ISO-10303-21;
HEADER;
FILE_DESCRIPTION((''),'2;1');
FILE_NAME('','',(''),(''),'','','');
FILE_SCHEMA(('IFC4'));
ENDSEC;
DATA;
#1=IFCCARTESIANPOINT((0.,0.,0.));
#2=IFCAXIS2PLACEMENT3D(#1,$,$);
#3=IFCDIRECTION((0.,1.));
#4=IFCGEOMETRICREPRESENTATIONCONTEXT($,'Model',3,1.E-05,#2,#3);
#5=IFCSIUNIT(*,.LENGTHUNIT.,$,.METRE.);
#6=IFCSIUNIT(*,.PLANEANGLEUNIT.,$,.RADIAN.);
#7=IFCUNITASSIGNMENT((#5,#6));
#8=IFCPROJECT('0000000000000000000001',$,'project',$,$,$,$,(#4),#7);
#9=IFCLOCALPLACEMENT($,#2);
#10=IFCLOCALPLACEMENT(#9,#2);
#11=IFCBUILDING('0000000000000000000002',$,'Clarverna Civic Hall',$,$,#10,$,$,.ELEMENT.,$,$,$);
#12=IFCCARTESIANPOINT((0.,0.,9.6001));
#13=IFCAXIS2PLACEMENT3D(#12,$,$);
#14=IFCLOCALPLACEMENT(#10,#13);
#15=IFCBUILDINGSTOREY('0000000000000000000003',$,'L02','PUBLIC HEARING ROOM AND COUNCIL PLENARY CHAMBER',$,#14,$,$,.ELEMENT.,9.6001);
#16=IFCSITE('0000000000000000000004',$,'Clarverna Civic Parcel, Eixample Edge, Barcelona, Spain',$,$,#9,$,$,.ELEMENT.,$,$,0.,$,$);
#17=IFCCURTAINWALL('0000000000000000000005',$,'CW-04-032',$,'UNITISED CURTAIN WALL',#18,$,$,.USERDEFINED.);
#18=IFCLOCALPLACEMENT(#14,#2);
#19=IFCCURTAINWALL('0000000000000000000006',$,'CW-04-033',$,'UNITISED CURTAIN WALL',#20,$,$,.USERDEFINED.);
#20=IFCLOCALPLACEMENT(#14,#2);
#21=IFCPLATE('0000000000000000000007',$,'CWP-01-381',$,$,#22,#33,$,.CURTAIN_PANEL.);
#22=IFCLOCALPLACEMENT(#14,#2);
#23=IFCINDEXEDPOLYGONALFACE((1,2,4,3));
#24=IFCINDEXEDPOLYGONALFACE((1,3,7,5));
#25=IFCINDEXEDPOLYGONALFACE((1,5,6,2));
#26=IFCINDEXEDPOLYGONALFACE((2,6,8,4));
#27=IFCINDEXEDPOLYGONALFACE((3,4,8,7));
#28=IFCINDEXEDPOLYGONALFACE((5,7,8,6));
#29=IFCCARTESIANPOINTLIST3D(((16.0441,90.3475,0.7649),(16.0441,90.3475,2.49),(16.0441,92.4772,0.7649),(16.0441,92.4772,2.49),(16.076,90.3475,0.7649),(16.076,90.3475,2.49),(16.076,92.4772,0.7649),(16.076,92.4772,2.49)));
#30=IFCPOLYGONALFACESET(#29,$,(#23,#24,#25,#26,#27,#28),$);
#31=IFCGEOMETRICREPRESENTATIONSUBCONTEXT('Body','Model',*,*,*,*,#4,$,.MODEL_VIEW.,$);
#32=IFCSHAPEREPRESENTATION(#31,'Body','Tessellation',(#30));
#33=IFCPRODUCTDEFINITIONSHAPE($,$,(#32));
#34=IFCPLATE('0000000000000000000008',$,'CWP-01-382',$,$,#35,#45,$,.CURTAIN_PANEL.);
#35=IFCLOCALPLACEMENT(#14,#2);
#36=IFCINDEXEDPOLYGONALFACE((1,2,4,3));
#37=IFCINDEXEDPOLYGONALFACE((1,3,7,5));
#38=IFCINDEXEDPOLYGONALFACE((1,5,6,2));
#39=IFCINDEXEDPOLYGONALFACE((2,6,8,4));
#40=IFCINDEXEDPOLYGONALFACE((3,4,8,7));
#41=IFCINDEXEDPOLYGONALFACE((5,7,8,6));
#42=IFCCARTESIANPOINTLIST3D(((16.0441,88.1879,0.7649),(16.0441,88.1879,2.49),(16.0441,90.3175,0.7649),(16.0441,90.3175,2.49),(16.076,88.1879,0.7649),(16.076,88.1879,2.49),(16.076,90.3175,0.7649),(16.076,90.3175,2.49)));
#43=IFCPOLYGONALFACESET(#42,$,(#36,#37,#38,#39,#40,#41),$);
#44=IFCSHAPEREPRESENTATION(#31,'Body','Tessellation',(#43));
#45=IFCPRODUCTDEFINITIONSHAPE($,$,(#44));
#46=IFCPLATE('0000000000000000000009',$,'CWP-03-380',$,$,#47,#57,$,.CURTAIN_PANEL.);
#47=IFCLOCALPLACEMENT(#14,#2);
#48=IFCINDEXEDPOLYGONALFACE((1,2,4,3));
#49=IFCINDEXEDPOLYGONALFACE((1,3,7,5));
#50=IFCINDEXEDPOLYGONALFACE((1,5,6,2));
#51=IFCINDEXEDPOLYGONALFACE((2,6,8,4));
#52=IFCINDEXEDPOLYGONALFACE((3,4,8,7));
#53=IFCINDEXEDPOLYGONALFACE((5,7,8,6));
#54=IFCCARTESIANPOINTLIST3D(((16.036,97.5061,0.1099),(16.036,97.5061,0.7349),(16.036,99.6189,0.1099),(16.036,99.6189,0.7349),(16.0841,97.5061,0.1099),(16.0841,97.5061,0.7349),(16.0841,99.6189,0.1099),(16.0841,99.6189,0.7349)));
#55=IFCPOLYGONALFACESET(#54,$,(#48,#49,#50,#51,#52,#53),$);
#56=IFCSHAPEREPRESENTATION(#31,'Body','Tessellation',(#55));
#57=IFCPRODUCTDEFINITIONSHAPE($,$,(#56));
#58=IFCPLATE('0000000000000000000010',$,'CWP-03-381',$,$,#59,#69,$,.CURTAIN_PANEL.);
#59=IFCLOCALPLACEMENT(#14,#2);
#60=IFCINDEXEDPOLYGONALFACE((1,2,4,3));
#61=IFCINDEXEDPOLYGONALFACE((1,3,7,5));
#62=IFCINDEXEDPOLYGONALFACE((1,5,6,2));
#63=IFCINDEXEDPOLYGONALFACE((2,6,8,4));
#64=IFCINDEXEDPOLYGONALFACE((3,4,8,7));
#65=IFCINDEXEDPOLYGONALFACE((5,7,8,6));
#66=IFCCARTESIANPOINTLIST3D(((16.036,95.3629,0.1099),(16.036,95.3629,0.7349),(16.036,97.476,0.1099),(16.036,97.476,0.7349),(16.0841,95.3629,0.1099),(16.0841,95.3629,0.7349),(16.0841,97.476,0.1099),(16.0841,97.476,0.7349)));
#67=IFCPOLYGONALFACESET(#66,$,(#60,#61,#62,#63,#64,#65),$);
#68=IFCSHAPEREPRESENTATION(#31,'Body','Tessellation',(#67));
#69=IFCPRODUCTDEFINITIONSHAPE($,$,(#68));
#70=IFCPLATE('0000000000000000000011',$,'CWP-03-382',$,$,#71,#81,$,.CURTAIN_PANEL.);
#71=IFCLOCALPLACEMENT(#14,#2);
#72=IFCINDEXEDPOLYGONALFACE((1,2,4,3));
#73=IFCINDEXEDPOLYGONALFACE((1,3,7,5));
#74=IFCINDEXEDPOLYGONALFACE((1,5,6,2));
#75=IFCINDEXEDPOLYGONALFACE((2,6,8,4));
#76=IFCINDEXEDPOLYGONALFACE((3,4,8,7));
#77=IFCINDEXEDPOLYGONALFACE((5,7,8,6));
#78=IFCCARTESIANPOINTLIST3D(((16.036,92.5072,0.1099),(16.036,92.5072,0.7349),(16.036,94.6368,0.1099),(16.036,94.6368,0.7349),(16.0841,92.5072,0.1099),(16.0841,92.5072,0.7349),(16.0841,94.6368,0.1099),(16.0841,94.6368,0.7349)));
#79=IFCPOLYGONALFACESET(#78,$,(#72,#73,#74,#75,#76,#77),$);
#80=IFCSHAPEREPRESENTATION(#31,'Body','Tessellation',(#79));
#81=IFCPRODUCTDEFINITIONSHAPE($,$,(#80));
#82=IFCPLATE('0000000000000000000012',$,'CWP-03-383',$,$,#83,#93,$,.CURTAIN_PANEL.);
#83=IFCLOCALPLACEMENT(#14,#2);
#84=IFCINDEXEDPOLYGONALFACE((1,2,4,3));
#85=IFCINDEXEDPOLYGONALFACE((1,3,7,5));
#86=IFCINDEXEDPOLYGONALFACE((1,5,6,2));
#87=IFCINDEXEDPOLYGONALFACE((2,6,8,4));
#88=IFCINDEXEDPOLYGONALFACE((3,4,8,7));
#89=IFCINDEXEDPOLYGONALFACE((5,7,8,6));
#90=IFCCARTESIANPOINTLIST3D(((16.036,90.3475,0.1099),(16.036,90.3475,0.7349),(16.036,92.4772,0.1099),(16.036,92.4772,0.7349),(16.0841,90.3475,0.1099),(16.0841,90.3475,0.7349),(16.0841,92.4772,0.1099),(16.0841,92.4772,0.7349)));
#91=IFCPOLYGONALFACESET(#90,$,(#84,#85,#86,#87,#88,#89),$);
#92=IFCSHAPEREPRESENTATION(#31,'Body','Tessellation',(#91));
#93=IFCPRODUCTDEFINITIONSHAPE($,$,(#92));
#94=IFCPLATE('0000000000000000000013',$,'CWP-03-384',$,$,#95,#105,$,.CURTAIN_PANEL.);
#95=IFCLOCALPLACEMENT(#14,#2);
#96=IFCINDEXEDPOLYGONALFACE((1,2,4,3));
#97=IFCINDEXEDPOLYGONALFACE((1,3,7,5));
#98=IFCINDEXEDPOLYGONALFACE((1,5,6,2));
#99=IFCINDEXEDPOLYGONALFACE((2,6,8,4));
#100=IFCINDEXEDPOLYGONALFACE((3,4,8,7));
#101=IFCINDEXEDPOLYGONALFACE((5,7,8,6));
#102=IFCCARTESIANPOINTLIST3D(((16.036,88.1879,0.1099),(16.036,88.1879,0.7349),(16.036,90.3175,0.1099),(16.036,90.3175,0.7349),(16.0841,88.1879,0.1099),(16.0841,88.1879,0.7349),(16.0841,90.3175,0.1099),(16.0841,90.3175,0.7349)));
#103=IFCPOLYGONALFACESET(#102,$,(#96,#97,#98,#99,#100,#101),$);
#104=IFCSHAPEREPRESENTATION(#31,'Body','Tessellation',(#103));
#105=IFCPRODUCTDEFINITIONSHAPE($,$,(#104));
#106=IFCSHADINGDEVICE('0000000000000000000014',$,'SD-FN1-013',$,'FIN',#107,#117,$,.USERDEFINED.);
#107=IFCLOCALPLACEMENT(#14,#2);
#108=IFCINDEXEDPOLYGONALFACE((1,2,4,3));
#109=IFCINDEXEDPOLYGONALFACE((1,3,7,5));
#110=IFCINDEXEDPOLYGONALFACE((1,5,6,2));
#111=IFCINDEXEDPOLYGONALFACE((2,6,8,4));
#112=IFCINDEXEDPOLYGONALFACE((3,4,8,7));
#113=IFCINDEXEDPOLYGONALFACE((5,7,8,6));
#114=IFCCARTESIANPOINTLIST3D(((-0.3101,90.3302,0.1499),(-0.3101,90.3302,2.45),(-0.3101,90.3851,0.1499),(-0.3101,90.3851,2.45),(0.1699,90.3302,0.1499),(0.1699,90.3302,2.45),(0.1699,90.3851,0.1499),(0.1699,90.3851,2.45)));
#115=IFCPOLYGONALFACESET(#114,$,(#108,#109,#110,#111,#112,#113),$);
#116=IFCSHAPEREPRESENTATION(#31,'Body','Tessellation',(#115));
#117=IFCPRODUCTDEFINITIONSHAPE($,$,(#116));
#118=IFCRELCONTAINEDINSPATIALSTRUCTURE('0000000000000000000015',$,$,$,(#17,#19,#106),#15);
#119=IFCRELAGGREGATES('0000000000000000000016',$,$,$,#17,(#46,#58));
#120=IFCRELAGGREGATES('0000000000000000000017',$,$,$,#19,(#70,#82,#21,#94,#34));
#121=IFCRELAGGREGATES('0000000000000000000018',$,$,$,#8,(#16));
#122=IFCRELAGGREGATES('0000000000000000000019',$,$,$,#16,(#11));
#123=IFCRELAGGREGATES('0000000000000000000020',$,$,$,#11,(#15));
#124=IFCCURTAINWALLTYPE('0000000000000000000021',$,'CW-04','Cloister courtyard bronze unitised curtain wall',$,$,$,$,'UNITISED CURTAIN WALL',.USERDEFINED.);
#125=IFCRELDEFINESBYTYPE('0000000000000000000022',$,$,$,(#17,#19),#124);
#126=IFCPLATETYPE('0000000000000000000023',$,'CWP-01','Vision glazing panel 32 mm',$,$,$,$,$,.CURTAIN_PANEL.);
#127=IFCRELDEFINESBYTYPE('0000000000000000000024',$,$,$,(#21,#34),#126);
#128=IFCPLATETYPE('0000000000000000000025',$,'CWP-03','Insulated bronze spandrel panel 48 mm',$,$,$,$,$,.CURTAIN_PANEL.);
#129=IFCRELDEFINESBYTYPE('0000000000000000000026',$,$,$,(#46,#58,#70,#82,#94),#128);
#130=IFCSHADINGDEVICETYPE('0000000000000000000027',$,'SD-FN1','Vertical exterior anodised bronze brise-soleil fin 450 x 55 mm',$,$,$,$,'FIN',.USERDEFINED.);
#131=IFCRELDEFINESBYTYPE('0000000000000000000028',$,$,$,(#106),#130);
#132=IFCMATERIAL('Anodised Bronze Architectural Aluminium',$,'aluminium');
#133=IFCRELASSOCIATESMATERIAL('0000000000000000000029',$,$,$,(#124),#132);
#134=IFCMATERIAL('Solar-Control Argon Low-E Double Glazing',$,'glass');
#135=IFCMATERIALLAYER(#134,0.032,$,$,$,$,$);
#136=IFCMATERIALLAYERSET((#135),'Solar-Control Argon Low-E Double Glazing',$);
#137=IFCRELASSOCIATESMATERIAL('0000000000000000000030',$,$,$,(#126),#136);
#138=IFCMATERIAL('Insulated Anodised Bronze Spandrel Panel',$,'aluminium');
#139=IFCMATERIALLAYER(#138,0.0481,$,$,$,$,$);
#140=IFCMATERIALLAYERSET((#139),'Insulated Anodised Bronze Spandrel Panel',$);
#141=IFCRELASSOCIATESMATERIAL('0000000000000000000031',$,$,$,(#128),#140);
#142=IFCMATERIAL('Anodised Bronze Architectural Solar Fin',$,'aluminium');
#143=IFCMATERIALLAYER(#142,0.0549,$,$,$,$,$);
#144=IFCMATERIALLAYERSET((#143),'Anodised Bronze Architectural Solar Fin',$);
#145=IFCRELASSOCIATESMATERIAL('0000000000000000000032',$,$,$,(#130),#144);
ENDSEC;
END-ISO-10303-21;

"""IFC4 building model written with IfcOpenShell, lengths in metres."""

from ifc_helpers import new_model, si_unit, direction, frame, frame_2d, origin, place, context, subcontext, project, spatial, rectangle, extrude, material, layer, layer_set, type_object, element, aggregate, save


model = new_model("IFC4")

# Units and contexts
model_context = context("Model", 3, precision=1e-05, world=origin(), true_north=direction((0.0, 1.0)))
body_context = subcontext(model_context, "Body", "Model", "MODEL_VIEW")
ifc_project = project(units=[si_unit("LENGTHUNIT", "METRE"), si_unit("PLANEANGLEUNIT", "RADIAN")], contexts=[model_context])

# Site, building, storey
site_placement = place(None, origin())
site = spatial("IfcSite", under=ifc_project, at=site_placement, Name="Clarverna Civic Parcel, Eixample Edge, Barcelona, Spain", CompositionType="ELEMENT", RefElevation=0.0)
building_placement = place(site_placement, origin())
building = spatial("IfcBuilding", under=site, at=building_placement, Name="Clarverna Civic Hall", CompositionType="ELEMENT")
storey_placement = place(building_placement, frame((0.0, 0.0, 9.6001)))
storey = spatial("IfcBuildingStorey", under=building, at=storey_placement, Name="L02", Description="PUBLIC HEARING ROOM AND COUNCIL PLENARY CHAMBER", CompositionType="ELEMENT", Elevation=9.6001)

# Curtain walls
ifc_material_1 = material(Name="Anodised Bronze Architectural Aluminium", Category="aluminium")
curtain_wall_type = type_object("IfcCurtainWallType", Name="CW-04", Description="Cloister courtyard bronze unitised curtain wall", ElementType="UNITISED CURTAIN WALL", PredefinedType="USERDEFINED", material=ifc_material_1)
curtain_wall_1_placement = place(storey_placement, origin())
curtain_wall_1 = element("IfcCurtainWall", 1, at=curtain_wall_1_placement, inside=storey, type_object=curtain_wall_type, Name="CW-04-032", ObjectType="UNITISED CURTAIN WALL", PredefinedType="USERDEFINED")
curtain_wall_2_placement = place(storey_placement, origin())
curtain_wall_2 = element("IfcCurtainWall", 2, at=curtain_wall_2_placement, inside=storey, type_object=curtain_wall_type, Name="CW-04-033", ObjectType="UNITISED CURTAIN WALL", PredefinedType="USERDEFINED")

# Plates
ifc_material_2 = material(Name="Solar-Control Argon Low-E Double Glazing", Category="glass")
ifc_layer_1 = layer(ifc_material_2, 0.032)
ifc_layer_set_1 = layer_set([ifc_layer_1], Name="Solar-Control Argon Low-E Double Glazing")
plate_type_1 = type_object("IfcPlateType", Name="CWP-01", Description="Vision glazing panel 32 mm", PredefinedType="CURTAIN_PANEL", material=ifc_layer_set_1)
plate_1_placement = place(storey_placement, frame((16.0601, 92.4773, 0.7649), z_axis=(0.0, 0.0, 1.0), x_axis=(0.0, -1.0, 0.0)))
plate_1 = element("IfcPlate", 3, at=plate_1_placement, type_object=plate_type_1, Name="CWP-01-381", PredefinedType="CURTAIN_PANEL", context=body_context, shape_type="SweptSolid", body=[
    extrude(rectangle(XDim=2.1296, YDim=0.032, at=frame_2d((1.0649, 0.0))), origin(), (0.0, 0.0, 1.0), 1.7251),
])
plate_2_placement = place(storey_placement, frame((16.0601, 90.3176, 0.7649), z_axis=(0.0, 0.0, 1.0), x_axis=(0.0, -1.0, 0.0)))
plate_2 = element("IfcPlate", 4, at=plate_2_placement, type_object=plate_type_1, Name="CWP-01-382", PredefinedType="CURTAIN_PANEL", context=body_context, shape_type="SweptSolid", body=[
    extrude(rectangle(XDim=2.1296, YDim=0.032, at=frame_2d((1.0649, 0.0))), origin(), (0.0, 0.0, 1.0), 1.7251),
])
ifc_material_3 = material(Name="Insulated Anodised Bronze Spandrel Panel", Category="aluminium")
ifc_layer_2 = layer(ifc_material_3, 0.0481)
ifc_layer_set_2 = layer_set([ifc_layer_2], Name="Insulated Anodised Bronze Spandrel Panel")
plate_type_2 = type_object("IfcPlateType", Name="CWP-03", Description="Insulated bronze spandrel panel 48 mm", PredefinedType="CURTAIN_PANEL", material=ifc_layer_set_2)
plate_3_placement = place(storey_placement, frame((16.0601, 99.6189, 0.1099), z_axis=(0.0, 0.0, 1.0), x_axis=(0.0, -1.0, 0.0)))
plate_3 = element("IfcPlate", 5, at=plate_3_placement, type_object=plate_type_2, Name="CWP-03-380", PredefinedType="CURTAIN_PANEL", context=body_context, shape_type="SweptSolid", body=[
    extrude(rectangle(XDim=2.1128, YDim=0.0481, at=frame_2d((1.0564, 0.0))), origin(), (0.0, 0.0, 1.0), 0.625),
])
plate_4_placement = place(storey_placement, frame((16.0601, 97.4761, 0.1099), z_axis=(0.0, 0.0, 1.0), x_axis=(0.0, -1.0, 0.0)))
plate_4 = element("IfcPlate", 6, at=plate_4_placement, type_object=plate_type_2, Name="CWP-03-381", PredefinedType="CURTAIN_PANEL", context=body_context, shape_type="SweptSolid", body=[
    extrude(rectangle(XDim=2.113, YDim=0.0481, at=frame_2d((1.0566, 0.0))), origin(), (0.0, 0.0, 1.0), 0.625),
])
aggregate(curtain_wall_1, [plate_3, plate_4])
plate_5_placement = place(storey_placement, frame((16.0601, 94.637, 0.1099), z_axis=(0.0, 0.0, 1.0), x_axis=(0.0, -1.0, 0.0)))
plate_5 = element("IfcPlate", 7, at=plate_5_placement, type_object=plate_type_2, Name="CWP-03-382", PredefinedType="CURTAIN_PANEL", context=body_context, shape_type="SweptSolid", body=[
    extrude(rectangle(XDim=2.1296, YDim=0.0481, at=frame_2d((1.0649, 0.0))), origin(), (0.0, 0.0, 1.0), 0.625),
])
plate_6_placement = place(storey_placement, frame((16.0601, 92.4773, 0.1099), z_axis=(0.0, 0.0, 1.0), x_axis=(0.0, -1.0, 0.0)))
plate_6 = element("IfcPlate", 8, at=plate_6_placement, type_object=plate_type_2, Name="CWP-03-383", PredefinedType="CURTAIN_PANEL", context=body_context, shape_type="SweptSolid", body=[
    extrude(rectangle(XDim=2.1296, YDim=0.0481, at=frame_2d((1.0649, 0.0))), origin(), (0.0, 0.0, 1.0), 0.625),
])
plate_7_placement = place(storey_placement, frame((16.0601, 90.3176, 0.1099), z_axis=(0.0, 0.0, 1.0), x_axis=(0.0, -1.0, 0.0)))
plate_7 = element("IfcPlate", 9, at=plate_7_placement, type_object=plate_type_2, Name="CWP-03-384", PredefinedType="CURTAIN_PANEL", context=body_context, shape_type="SweptSolid", body=[
    extrude(rectangle(XDim=2.1296, YDim=0.0481, at=frame_2d((1.0649, 0.0))), origin(), (0.0, 0.0, 1.0), 0.625),
])
aggregate(curtain_wall_2, [plate_5, plate_6, plate_1, plate_7, plate_2])

# Shading device
ifc_material_4 = material(Name="Anodised Bronze Architectural Solar Fin", Category="aluminium")
ifc_layer_3 = layer(ifc_material_4, 0.0549)
ifc_layer_set_3 = layer_set([ifc_layer_3], Name="Anodised Bronze Architectural Solar Fin")
shading_device_type = type_object("IfcShadingDeviceType", Name="SD-FN1", Description="Vertical exterior anodised bronze brise-soleil fin 450 x 55 mm", ElementType="FIN", PredefinedType="USERDEFINED", material=ifc_layer_set_3)
shading_device_placement = place(storey_placement, frame((0.1699, 90.3577, 0.1499), z_axis=(0.0, 0.0, 1.0), x_axis=(-1.0, 0.0, 0.0)))
element("IfcShadingDevice", 10, at=shading_device_placement, inside=storey, type_object=shading_device_type, Name="SD-FN1-013", ObjectType="FIN", PredefinedType="USERDEFINED", context=body_context, shape_type="SweptSolid", body=[
    extrude(rectangle(XDim=0.48, YDim=0.0549, at=frame_2d((0.24, 0.0))), origin(), (0.0, 0.0, 1.0), 2.3),
])

save(model, "model.ifc")
